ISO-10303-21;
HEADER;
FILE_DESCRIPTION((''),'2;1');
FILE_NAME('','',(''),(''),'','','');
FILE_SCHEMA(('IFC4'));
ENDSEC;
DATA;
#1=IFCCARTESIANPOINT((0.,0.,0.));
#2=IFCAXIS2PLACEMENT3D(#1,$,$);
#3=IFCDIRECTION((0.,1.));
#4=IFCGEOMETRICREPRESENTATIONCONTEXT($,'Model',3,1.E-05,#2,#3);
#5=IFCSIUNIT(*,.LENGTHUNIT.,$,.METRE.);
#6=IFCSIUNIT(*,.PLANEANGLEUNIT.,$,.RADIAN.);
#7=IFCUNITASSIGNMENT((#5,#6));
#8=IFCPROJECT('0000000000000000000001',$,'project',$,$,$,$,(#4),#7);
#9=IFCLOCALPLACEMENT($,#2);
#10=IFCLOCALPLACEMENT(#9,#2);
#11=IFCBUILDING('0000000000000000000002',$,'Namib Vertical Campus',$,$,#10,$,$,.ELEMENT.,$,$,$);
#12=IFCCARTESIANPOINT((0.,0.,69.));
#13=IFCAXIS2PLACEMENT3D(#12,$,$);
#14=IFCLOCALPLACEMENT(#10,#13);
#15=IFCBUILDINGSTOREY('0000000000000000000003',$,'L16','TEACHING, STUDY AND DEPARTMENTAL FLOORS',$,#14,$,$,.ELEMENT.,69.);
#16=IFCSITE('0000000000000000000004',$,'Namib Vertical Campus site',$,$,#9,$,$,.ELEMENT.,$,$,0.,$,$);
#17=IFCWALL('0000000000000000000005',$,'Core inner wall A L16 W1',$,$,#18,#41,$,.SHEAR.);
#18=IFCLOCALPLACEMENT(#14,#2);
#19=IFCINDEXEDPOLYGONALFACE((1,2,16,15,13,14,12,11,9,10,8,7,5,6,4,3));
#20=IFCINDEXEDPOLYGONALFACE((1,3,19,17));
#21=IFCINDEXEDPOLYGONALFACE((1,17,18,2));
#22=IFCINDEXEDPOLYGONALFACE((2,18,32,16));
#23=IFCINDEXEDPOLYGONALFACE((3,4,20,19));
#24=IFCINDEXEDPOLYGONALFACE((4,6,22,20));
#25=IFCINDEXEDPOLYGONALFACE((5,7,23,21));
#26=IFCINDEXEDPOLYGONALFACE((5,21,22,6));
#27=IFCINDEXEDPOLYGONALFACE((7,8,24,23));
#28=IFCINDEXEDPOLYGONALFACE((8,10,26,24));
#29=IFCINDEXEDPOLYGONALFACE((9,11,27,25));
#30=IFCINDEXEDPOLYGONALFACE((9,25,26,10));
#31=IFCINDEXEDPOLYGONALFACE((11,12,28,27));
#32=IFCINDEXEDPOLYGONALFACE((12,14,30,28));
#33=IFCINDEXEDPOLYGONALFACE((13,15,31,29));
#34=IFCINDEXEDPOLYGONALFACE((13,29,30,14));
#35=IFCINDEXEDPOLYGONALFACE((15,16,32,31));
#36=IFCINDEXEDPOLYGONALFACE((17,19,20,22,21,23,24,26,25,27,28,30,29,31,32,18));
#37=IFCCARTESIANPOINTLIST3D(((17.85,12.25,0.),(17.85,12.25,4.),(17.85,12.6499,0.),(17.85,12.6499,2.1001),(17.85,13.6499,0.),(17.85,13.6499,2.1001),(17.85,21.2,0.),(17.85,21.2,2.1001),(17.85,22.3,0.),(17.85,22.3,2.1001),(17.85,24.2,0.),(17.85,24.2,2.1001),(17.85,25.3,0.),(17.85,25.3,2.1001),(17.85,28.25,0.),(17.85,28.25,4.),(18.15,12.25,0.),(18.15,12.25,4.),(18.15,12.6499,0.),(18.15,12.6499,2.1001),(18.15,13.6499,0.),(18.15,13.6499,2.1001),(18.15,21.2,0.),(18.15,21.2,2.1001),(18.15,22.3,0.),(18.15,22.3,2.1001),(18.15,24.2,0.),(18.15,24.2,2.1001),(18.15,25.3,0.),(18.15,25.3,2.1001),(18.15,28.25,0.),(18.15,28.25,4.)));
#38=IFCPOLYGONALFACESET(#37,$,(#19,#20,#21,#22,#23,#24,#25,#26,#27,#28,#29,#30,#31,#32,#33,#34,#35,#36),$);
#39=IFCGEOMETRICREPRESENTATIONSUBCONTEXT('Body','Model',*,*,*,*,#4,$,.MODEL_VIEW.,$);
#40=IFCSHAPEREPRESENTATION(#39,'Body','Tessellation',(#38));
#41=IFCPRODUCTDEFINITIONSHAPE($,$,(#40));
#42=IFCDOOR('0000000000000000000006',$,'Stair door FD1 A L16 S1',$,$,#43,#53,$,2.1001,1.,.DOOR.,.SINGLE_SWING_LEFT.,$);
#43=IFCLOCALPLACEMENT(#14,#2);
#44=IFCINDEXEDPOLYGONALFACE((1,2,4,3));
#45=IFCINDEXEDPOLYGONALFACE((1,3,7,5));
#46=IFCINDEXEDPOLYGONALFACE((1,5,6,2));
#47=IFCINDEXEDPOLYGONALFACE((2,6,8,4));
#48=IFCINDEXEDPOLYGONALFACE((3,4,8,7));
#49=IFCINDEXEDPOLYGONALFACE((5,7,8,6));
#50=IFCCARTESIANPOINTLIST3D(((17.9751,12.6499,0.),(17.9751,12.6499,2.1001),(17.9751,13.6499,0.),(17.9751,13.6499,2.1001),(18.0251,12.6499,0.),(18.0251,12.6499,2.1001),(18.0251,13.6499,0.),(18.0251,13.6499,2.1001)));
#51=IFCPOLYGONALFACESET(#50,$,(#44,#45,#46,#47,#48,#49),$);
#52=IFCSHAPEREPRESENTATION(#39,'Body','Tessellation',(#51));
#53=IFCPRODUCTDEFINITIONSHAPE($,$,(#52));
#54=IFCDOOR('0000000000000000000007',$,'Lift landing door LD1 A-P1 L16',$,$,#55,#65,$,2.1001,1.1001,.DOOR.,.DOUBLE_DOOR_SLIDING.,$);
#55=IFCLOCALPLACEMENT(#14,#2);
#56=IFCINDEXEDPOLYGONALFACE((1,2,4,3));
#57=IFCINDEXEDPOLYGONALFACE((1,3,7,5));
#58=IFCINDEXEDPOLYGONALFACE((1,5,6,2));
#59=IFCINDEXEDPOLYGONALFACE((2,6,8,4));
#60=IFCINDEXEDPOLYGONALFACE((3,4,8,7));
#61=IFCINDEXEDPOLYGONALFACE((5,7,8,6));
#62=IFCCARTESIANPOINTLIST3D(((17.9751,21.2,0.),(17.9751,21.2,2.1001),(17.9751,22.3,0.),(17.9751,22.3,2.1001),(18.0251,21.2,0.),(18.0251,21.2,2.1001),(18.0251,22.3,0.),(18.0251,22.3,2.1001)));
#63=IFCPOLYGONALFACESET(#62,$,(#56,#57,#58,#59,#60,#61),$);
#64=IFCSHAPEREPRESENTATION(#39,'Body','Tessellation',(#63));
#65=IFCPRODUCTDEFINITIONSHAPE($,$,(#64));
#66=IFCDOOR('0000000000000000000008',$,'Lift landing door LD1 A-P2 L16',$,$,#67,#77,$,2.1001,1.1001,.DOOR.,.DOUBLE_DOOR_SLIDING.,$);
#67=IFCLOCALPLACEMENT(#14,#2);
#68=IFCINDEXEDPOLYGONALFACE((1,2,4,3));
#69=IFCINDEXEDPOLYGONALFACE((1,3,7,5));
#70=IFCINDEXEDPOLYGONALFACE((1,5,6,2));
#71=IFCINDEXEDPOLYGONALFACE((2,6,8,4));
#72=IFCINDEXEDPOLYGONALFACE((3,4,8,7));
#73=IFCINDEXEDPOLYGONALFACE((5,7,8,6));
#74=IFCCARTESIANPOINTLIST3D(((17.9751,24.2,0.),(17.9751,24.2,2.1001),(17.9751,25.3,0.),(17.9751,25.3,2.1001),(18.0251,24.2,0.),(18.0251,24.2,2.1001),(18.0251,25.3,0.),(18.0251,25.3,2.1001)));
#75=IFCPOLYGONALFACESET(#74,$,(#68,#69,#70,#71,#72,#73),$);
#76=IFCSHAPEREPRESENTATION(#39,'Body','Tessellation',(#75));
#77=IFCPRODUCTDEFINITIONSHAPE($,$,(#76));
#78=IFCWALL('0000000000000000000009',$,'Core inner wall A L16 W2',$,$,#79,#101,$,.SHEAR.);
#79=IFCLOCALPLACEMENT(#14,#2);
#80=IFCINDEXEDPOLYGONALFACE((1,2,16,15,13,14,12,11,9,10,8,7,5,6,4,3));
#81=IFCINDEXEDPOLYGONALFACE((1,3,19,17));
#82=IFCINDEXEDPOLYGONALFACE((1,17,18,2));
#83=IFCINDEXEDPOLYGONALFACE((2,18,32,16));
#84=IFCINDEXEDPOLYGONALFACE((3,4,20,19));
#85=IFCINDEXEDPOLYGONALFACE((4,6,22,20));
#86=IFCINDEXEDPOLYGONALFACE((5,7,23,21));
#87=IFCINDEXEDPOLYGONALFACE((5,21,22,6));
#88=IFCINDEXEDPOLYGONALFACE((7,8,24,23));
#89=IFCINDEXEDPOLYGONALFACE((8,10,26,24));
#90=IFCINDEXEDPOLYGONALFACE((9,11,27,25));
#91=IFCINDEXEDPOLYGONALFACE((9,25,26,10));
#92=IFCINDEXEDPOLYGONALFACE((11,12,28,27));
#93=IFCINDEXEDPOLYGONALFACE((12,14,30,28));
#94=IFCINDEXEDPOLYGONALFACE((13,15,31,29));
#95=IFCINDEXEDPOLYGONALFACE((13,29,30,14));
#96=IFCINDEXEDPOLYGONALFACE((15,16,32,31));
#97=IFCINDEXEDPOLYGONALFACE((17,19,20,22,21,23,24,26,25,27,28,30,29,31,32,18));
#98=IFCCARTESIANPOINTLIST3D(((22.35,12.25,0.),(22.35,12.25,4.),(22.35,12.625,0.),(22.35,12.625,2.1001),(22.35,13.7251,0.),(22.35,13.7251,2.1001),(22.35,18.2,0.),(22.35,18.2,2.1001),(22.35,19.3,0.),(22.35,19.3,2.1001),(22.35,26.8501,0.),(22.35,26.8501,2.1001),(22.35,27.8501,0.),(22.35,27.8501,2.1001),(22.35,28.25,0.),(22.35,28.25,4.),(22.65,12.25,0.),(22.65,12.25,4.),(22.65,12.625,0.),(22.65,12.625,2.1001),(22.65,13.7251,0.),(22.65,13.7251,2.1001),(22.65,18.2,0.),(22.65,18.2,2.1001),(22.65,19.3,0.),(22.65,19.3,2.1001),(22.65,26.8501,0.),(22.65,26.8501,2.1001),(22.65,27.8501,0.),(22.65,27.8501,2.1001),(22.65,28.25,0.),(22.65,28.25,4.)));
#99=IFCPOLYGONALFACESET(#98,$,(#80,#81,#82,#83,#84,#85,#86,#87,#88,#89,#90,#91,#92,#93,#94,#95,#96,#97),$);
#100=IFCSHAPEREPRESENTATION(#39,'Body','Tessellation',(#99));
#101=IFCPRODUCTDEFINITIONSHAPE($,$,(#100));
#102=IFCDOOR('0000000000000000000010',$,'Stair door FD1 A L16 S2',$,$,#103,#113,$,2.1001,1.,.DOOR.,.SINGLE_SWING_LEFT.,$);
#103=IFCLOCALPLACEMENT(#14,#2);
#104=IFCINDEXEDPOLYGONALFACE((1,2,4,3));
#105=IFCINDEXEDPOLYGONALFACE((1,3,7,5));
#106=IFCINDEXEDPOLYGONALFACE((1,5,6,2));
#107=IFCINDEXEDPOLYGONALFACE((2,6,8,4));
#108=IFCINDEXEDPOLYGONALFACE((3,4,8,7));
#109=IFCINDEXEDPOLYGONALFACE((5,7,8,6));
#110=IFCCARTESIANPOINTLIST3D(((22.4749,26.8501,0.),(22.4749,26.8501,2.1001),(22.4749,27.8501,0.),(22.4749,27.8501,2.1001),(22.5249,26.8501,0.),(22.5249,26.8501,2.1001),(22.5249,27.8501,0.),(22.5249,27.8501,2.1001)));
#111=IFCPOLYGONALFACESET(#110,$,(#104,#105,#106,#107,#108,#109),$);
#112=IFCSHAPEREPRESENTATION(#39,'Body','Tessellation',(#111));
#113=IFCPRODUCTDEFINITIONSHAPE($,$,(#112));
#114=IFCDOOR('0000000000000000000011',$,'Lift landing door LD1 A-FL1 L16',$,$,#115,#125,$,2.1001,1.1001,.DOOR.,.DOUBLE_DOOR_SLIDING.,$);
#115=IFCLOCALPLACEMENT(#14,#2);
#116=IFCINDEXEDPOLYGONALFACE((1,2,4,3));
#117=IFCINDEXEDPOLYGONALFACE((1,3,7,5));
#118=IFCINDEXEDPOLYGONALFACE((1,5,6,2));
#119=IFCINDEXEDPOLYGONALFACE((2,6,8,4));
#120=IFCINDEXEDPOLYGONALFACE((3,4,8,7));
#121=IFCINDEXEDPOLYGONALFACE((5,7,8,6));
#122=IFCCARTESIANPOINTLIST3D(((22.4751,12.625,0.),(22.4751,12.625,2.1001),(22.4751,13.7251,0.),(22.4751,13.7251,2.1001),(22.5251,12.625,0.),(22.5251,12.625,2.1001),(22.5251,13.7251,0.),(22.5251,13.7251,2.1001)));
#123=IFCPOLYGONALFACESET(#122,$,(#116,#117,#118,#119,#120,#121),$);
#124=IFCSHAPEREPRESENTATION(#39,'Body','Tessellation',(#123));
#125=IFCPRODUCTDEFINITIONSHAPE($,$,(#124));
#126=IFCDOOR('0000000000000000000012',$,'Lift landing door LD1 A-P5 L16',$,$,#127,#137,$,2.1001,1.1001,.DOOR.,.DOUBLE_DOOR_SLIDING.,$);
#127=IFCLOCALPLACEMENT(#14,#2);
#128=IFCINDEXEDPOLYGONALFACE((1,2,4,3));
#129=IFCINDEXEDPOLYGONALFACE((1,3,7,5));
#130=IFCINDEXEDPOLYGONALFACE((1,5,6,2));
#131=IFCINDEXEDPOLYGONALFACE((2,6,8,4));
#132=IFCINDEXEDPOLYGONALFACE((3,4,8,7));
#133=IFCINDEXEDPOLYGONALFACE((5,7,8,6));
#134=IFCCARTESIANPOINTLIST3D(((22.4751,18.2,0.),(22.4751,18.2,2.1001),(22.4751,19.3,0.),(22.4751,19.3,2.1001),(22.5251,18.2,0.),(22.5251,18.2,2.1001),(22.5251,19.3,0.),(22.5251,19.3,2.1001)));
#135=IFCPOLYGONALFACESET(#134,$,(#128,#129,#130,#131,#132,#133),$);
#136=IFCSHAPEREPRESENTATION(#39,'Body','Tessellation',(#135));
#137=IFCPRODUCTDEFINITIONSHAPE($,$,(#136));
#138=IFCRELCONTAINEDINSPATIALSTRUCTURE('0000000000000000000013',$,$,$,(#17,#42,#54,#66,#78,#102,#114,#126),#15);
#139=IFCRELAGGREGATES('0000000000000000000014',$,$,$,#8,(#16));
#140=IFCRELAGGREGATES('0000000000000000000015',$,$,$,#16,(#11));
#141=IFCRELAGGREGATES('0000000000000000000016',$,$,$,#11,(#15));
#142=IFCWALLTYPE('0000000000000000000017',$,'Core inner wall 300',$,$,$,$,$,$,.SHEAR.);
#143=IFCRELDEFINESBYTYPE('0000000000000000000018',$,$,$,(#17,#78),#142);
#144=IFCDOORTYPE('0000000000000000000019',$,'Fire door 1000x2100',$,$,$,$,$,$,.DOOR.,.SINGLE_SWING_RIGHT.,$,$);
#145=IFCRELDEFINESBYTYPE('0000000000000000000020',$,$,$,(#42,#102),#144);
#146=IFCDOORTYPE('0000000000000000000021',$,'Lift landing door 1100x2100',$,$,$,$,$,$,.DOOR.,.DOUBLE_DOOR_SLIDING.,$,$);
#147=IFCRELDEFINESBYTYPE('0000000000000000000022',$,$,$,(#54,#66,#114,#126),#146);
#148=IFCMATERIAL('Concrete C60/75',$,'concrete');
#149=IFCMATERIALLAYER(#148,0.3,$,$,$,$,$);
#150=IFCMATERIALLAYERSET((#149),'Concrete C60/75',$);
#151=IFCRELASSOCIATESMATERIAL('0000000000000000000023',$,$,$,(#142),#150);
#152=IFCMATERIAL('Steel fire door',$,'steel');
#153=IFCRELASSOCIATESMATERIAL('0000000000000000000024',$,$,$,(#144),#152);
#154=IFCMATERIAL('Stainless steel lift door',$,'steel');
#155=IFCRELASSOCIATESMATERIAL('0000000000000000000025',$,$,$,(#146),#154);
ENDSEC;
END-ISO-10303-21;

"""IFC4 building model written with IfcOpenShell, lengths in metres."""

from ifc_helpers import new_model, si_unit, direction, frame, frame_2d, origin, place, context, subcontext, project, spatial, rectangle, extrude, material, layer, layer_set, type_object, element, fill, save


model = new_model("IFC4")

# Units and contexts
model_context = context("Model", 3, precision=1e-05, world=origin(), true_north=direction((0.0, 1.0)))
body_context = subcontext(model_context, "Body", "Model", "MODEL_VIEW")
ifc_project = project(units=[si_unit("LENGTHUNIT", "METRE"), si_unit("PLANEANGLEUNIT", "RADIAN")], contexts=[model_context])

# Site, building, storey
site_placement = place(None, origin())
site = spatial("IfcSite", under=ifc_project, at=site_placement, Name="Namib Vertical Campus site", CompositionType="ELEMENT", RefElevation=0.0)
building_placement = place(site_placement, origin())
building = spatial("IfcBuilding", under=site, at=building_placement, Name="Namib Vertical Campus", CompositionType="ELEMENT")
storey_placement = place(building_placement, frame((0.0, 0.0, 69.0)))
storey = spatial("IfcBuildingStorey", under=building, at=storey_placement, Name="L16", Description="TEACHING, STUDY AND DEPARTMENTAL FLOORS", CompositionType="ELEMENT", Elevation=69.0)

# Walls, openings, doors
ifc_material_1 = material(Name="Concrete C60/75", Category="concrete")
ifc_layer_1 = layer(ifc_material_1, 0.3)
ifc_layer_set_1 = layer_set([ifc_layer_1], Name="Concrete C60/75")
wall_type_1 = type_object("IfcWallType", Name="Core inner wall 300", PredefinedType="SHEAR", material=ifc_layer_set_1)
wall_1_placement = place(storey_placement, frame((18.0, 12.25, 0.0), z_axis=(0.0, 0.0, 1.0), x_axis=(0.0, 1.0, 0.0)))
wall_1 = element("IfcWall", 1, at=wall_1_placement, inside=storey, type_object=wall_type_1, Name="Core inner wall A L16 W1", PredefinedType="SHEAR", context=body_context, shape_type="SweptSolid", body=[
    extrude(rectangle(XDim=16.0, YDim=0.3, at=frame_2d((8.0, 0.0))), origin(), (0.0, 0.0, 1.0), 4.0),
])
opening_1_placement = place(wall_1_placement, frame((0.3999, 0.0, 0.0)))
opening_1 = element("IfcOpeningElement", 2, at=opening_1_placement, cuts=wall_1, PredefinedType="OPENING", context=body_context, shape_type="SweptSolid", body=[
    extrude(rectangle(XDim=1.0, YDim=2.1001, at=frame_2d((0.5, 1.05))), frame((0.0, 0.1599, 0.0), z_axis=(0.0, -1.0, 0.0), x_axis=(1.0, 0.0, 0.0)), (0.0, 0.0, 1.0), 0.3201),
])
opening_2_placement = place(wall_1_placement, frame((8.95, 0.0, 0.0)))
opening_2 = element("IfcOpeningElement", 3, at=opening_2_placement, cuts=wall_1, PredefinedType="OPENING", context=body_context, shape_type="SweptSolid", body=[
    extrude(rectangle(XDim=1.1001, YDim=2.1001, at=frame_2d((0.55, 1.05))), frame((0.0, 0.1599, 0.0), z_axis=(0.0, -1.0, 0.0), x_axis=(1.0, 0.0, 0.0)), (0.0, 0.0, 1.0), 0.3201),
])
opening_3_placement = place(wall_1_placement, frame((11.95, 0.0, 0.0)))
opening_3 = element("IfcOpeningElement", 4, at=opening_3_placement, cuts=wall_1, PredefinedType="OPENING", context=body_context, shape_type="SweptSolid", body=[
    extrude(rectangle(XDim=1.1001, YDim=2.1001, at=frame_2d((0.55, 1.05))), frame((0.0, 0.1599, 0.0), z_axis=(0.0, -1.0, 0.0), x_axis=(1.0, 0.0, 0.0)), (0.0, 0.0, 1.0), 0.3201),
])
ifc_material_2 = material(Name="Steel fire door", Category="steel")
door_type_1 = type_object("IfcDoorType", Name="Fire door 1000x2100", OperationType="SINGLE_SWING_RIGHT", PredefinedType="DOOR", material=ifc_material_2)
door_1_placement = place(opening_1_placement, origin())
door_1 = element("IfcDoor", 5, at=door_1_placement, inside=storey, type_object=door_type_1, Name="Stair door FD1 A L16 S1", OperationType="SINGLE_SWING_LEFT", OverallHeight=2.1001, OverallWidth=1.0, PredefinedType="DOOR", context=body_context, shape_type="SweptSolid", body=[
    extrude(rectangle(XDim=1.0, YDim=2.1001, at=frame_2d((0.5, 1.05))), frame((0.0, 0.0249, 0.0), z_axis=(0.0, -1.0, 0.0), x_axis=(1.0, 0.0, 0.0)), (0.0, 0.0, 1.0), 0.05),
])
fill(opening_1, door_1)
ifc_material_3 = material(Name="Stainless steel lift door", Category="steel")
door_type_2 = type_object("IfcDoorType", Name="Lift landing door 1100x2100", OperationType="DOUBLE_DOOR_SLIDING", PredefinedType="DOOR", material=ifc_material_3)
door_2_placement = place(opening_2_placement, origin())
door_2 = element("IfcDoor", 6, at=door_2_placement, inside=storey, type_object=door_type_2, Name="Lift landing door LD1 A-P1 L16", OperationType="DOUBLE_DOOR_SLIDING", OverallHeight=2.1001, OverallWidth=1.1001, PredefinedType="DOOR", context=body_context, shape_type="SweptSolid", body=[
    extrude(rectangle(XDim=1.1001, YDim=2.1001, at=frame_2d((0.55, 1.05))), frame((0.0, 0.0249, 0.0), z_axis=(0.0, -1.0, 0.0), x_axis=(1.0, 0.0, 0.0)), (0.0, 0.0, 1.0), 0.05),
])
fill(opening_2, door_2)
door_3_placement = place(opening_3_placement, origin())
door_3 = element("IfcDoor", 7, at=door_3_placement, inside=storey, type_object=door_type_2, Name="Lift landing door LD1 A-P2 L16", OperationType="DOUBLE_DOOR_SLIDING", OverallHeight=2.1001, OverallWidth=1.1001, PredefinedType="DOOR", context=body_context, shape_type="SweptSolid", body=[
    extrude(rectangle(XDim=1.1001, YDim=2.1001, at=frame_2d((0.55, 1.05))), frame((0.0, 0.0249, 0.0), z_axis=(0.0, -1.0, 0.0), x_axis=(1.0, 0.0, 0.0)), (0.0, 0.0, 1.0), 0.05),
])
fill(opening_3, door_3)
wall_2_placement = place(storey_placement, frame((22.5, 12.25, 0.0), z_axis=(0.0, 0.0, 1.0), x_axis=(0.0, 1.0, 0.0)))
wall_2 = element("IfcWall", 8, at=wall_2_placement, inside=storey, type_object=wall_type_1, Name="Core inner wall A L16 W2", PredefinedType="SHEAR", context=body_context, shape_type="SweptSolid", body=[
    extrude(rectangle(XDim=16.0, YDim=0.3, at=frame_2d((8.0, 0.0))), origin(), (0.0, 0.0, 1.0), 4.0),
])
opening_4_placement = place(wall_2_placement, frame((14.6001, 0.0, 0.0)))
opening_4 = element("IfcOpeningElement", 9, at=opening_4_placement, cuts=wall_2, PredefinedType="OPENING", context=body_context, shape_type="SweptSolid", body=[
    extrude(rectangle(XDim=1.0, YDim=2.1001, at=frame_2d((0.5, 1.05))), frame((0.0, 0.1599, 0.0), z_axis=(0.0, -1.0, 0.0), x_axis=(1.0, 0.0, 0.0)), (0.0, 0.0, 1.0), 0.3201),
])
opening_5_placement = place(wall_2_placement, frame((0.375, 0.0, 0.0)))
opening_5 = element("IfcOpeningElement", 10, at=opening_5_placement, cuts=wall_2, PredefinedType="OPENING", context=body_context, shape_type="SweptSolid", body=[
    extrude(rectangle(XDim=1.1001, YDim=2.1001, at=frame_2d((0.55, 1.05))), frame((0.0, 0.1599, 0.0), z_axis=(0.0, -1.0, 0.0), x_axis=(1.0, 0.0, 0.0)), (0.0, 0.0, 1.0), 0.3201),
])
opening_6_placement = place(wall_2_placement, frame((5.95, 0.0, 0.0)))
opening_6 = element("IfcOpeningElement", 11, at=opening_6_placement, cuts=wall_2, PredefinedType="OPENING", context=body_context, shape_type="SweptSolid", body=[
    extrude(rectangle(XDim=1.1001, YDim=2.1001, at=frame_2d((0.55, 1.05))), frame((0.0, 0.1599, 0.0), z_axis=(0.0, -1.0, 0.0), x_axis=(1.0, 0.0, 0.0)), (0.0, 0.0, 1.0), 0.3201),
])
door_4_placement = place(opening_4_placement, frame((1.0, 0.0, 0.0), z_axis=(0.0, 0.0, 1.0), x_axis=(-1.0, 0.0, 0.0)))
door_4 = element("IfcDoor", 12, at=door_4_placement, inside=storey, type_object=door_type_1, Name="Stair door FD1 A L16 S2", OperationType="SINGLE_SWING_LEFT", OverallHeight=2.1001, OverallWidth=1.0, PredefinedType="DOOR", context=body_context, shape_type="SweptSolid", body=[
    extrude(rectangle(XDim=1.0, YDim=2.1001, at=frame_2d((0.5, 1.05))), frame((0.0, 0.0249, 0.0), z_axis=(0.0, -1.0, 0.0), x_axis=(1.0, 0.0, 0.0)), (0.0, 0.0, 1.0), 0.05),
])
fill(opening_4, door_4)
door_5_placement = place(opening_5_placement, origin())
door_5 = element("IfcDoor", 13, at=door_5_placement, inside=storey, type_object=door_type_2, Name="Lift landing door LD1 A-FL1 L16", OperationType="DOUBLE_DOOR_SLIDING", OverallHeight=2.1001, OverallWidth=1.1001, PredefinedType="DOOR", context=body_context, shape_type="SweptSolid", body=[
    extrude(rectangle(XDim=1.1001, YDim=2.1001, at=frame_2d((0.55, 1.05))), frame((0.0, 0.0249, 0.0), z_axis=(0.0, -1.0, 0.0), x_axis=(1.0, 0.0, 0.0)), (0.0, 0.0, 1.0), 0.05),
])
fill(opening_5, door_5)
door_6_placement = place(opening_6_placement, origin())
door_6 = element("IfcDoor", 14, at=door_6_placement, inside=storey, type_object=door_type_2, Name="Lift landing door LD1 A-P5 L16", OperationType="DOUBLE_DOOR_SLIDING", OverallHeight=2.1001, OverallWidth=1.1001, PredefinedType="DOOR", context=body_context, shape_type="SweptSolid", body=[
    extrude(rectangle(XDim=1.1001, YDim=2.1001, at=frame_2d((0.55, 1.05))), frame((0.0, 0.0249, 0.0), z_axis=(0.0, -1.0, 0.0), x_axis=(1.0, 0.0, 0.0)), (0.0, 0.0, 1.0), 0.05),
])
fill(opening_6, door_6)

save(model, "model.ifc")
